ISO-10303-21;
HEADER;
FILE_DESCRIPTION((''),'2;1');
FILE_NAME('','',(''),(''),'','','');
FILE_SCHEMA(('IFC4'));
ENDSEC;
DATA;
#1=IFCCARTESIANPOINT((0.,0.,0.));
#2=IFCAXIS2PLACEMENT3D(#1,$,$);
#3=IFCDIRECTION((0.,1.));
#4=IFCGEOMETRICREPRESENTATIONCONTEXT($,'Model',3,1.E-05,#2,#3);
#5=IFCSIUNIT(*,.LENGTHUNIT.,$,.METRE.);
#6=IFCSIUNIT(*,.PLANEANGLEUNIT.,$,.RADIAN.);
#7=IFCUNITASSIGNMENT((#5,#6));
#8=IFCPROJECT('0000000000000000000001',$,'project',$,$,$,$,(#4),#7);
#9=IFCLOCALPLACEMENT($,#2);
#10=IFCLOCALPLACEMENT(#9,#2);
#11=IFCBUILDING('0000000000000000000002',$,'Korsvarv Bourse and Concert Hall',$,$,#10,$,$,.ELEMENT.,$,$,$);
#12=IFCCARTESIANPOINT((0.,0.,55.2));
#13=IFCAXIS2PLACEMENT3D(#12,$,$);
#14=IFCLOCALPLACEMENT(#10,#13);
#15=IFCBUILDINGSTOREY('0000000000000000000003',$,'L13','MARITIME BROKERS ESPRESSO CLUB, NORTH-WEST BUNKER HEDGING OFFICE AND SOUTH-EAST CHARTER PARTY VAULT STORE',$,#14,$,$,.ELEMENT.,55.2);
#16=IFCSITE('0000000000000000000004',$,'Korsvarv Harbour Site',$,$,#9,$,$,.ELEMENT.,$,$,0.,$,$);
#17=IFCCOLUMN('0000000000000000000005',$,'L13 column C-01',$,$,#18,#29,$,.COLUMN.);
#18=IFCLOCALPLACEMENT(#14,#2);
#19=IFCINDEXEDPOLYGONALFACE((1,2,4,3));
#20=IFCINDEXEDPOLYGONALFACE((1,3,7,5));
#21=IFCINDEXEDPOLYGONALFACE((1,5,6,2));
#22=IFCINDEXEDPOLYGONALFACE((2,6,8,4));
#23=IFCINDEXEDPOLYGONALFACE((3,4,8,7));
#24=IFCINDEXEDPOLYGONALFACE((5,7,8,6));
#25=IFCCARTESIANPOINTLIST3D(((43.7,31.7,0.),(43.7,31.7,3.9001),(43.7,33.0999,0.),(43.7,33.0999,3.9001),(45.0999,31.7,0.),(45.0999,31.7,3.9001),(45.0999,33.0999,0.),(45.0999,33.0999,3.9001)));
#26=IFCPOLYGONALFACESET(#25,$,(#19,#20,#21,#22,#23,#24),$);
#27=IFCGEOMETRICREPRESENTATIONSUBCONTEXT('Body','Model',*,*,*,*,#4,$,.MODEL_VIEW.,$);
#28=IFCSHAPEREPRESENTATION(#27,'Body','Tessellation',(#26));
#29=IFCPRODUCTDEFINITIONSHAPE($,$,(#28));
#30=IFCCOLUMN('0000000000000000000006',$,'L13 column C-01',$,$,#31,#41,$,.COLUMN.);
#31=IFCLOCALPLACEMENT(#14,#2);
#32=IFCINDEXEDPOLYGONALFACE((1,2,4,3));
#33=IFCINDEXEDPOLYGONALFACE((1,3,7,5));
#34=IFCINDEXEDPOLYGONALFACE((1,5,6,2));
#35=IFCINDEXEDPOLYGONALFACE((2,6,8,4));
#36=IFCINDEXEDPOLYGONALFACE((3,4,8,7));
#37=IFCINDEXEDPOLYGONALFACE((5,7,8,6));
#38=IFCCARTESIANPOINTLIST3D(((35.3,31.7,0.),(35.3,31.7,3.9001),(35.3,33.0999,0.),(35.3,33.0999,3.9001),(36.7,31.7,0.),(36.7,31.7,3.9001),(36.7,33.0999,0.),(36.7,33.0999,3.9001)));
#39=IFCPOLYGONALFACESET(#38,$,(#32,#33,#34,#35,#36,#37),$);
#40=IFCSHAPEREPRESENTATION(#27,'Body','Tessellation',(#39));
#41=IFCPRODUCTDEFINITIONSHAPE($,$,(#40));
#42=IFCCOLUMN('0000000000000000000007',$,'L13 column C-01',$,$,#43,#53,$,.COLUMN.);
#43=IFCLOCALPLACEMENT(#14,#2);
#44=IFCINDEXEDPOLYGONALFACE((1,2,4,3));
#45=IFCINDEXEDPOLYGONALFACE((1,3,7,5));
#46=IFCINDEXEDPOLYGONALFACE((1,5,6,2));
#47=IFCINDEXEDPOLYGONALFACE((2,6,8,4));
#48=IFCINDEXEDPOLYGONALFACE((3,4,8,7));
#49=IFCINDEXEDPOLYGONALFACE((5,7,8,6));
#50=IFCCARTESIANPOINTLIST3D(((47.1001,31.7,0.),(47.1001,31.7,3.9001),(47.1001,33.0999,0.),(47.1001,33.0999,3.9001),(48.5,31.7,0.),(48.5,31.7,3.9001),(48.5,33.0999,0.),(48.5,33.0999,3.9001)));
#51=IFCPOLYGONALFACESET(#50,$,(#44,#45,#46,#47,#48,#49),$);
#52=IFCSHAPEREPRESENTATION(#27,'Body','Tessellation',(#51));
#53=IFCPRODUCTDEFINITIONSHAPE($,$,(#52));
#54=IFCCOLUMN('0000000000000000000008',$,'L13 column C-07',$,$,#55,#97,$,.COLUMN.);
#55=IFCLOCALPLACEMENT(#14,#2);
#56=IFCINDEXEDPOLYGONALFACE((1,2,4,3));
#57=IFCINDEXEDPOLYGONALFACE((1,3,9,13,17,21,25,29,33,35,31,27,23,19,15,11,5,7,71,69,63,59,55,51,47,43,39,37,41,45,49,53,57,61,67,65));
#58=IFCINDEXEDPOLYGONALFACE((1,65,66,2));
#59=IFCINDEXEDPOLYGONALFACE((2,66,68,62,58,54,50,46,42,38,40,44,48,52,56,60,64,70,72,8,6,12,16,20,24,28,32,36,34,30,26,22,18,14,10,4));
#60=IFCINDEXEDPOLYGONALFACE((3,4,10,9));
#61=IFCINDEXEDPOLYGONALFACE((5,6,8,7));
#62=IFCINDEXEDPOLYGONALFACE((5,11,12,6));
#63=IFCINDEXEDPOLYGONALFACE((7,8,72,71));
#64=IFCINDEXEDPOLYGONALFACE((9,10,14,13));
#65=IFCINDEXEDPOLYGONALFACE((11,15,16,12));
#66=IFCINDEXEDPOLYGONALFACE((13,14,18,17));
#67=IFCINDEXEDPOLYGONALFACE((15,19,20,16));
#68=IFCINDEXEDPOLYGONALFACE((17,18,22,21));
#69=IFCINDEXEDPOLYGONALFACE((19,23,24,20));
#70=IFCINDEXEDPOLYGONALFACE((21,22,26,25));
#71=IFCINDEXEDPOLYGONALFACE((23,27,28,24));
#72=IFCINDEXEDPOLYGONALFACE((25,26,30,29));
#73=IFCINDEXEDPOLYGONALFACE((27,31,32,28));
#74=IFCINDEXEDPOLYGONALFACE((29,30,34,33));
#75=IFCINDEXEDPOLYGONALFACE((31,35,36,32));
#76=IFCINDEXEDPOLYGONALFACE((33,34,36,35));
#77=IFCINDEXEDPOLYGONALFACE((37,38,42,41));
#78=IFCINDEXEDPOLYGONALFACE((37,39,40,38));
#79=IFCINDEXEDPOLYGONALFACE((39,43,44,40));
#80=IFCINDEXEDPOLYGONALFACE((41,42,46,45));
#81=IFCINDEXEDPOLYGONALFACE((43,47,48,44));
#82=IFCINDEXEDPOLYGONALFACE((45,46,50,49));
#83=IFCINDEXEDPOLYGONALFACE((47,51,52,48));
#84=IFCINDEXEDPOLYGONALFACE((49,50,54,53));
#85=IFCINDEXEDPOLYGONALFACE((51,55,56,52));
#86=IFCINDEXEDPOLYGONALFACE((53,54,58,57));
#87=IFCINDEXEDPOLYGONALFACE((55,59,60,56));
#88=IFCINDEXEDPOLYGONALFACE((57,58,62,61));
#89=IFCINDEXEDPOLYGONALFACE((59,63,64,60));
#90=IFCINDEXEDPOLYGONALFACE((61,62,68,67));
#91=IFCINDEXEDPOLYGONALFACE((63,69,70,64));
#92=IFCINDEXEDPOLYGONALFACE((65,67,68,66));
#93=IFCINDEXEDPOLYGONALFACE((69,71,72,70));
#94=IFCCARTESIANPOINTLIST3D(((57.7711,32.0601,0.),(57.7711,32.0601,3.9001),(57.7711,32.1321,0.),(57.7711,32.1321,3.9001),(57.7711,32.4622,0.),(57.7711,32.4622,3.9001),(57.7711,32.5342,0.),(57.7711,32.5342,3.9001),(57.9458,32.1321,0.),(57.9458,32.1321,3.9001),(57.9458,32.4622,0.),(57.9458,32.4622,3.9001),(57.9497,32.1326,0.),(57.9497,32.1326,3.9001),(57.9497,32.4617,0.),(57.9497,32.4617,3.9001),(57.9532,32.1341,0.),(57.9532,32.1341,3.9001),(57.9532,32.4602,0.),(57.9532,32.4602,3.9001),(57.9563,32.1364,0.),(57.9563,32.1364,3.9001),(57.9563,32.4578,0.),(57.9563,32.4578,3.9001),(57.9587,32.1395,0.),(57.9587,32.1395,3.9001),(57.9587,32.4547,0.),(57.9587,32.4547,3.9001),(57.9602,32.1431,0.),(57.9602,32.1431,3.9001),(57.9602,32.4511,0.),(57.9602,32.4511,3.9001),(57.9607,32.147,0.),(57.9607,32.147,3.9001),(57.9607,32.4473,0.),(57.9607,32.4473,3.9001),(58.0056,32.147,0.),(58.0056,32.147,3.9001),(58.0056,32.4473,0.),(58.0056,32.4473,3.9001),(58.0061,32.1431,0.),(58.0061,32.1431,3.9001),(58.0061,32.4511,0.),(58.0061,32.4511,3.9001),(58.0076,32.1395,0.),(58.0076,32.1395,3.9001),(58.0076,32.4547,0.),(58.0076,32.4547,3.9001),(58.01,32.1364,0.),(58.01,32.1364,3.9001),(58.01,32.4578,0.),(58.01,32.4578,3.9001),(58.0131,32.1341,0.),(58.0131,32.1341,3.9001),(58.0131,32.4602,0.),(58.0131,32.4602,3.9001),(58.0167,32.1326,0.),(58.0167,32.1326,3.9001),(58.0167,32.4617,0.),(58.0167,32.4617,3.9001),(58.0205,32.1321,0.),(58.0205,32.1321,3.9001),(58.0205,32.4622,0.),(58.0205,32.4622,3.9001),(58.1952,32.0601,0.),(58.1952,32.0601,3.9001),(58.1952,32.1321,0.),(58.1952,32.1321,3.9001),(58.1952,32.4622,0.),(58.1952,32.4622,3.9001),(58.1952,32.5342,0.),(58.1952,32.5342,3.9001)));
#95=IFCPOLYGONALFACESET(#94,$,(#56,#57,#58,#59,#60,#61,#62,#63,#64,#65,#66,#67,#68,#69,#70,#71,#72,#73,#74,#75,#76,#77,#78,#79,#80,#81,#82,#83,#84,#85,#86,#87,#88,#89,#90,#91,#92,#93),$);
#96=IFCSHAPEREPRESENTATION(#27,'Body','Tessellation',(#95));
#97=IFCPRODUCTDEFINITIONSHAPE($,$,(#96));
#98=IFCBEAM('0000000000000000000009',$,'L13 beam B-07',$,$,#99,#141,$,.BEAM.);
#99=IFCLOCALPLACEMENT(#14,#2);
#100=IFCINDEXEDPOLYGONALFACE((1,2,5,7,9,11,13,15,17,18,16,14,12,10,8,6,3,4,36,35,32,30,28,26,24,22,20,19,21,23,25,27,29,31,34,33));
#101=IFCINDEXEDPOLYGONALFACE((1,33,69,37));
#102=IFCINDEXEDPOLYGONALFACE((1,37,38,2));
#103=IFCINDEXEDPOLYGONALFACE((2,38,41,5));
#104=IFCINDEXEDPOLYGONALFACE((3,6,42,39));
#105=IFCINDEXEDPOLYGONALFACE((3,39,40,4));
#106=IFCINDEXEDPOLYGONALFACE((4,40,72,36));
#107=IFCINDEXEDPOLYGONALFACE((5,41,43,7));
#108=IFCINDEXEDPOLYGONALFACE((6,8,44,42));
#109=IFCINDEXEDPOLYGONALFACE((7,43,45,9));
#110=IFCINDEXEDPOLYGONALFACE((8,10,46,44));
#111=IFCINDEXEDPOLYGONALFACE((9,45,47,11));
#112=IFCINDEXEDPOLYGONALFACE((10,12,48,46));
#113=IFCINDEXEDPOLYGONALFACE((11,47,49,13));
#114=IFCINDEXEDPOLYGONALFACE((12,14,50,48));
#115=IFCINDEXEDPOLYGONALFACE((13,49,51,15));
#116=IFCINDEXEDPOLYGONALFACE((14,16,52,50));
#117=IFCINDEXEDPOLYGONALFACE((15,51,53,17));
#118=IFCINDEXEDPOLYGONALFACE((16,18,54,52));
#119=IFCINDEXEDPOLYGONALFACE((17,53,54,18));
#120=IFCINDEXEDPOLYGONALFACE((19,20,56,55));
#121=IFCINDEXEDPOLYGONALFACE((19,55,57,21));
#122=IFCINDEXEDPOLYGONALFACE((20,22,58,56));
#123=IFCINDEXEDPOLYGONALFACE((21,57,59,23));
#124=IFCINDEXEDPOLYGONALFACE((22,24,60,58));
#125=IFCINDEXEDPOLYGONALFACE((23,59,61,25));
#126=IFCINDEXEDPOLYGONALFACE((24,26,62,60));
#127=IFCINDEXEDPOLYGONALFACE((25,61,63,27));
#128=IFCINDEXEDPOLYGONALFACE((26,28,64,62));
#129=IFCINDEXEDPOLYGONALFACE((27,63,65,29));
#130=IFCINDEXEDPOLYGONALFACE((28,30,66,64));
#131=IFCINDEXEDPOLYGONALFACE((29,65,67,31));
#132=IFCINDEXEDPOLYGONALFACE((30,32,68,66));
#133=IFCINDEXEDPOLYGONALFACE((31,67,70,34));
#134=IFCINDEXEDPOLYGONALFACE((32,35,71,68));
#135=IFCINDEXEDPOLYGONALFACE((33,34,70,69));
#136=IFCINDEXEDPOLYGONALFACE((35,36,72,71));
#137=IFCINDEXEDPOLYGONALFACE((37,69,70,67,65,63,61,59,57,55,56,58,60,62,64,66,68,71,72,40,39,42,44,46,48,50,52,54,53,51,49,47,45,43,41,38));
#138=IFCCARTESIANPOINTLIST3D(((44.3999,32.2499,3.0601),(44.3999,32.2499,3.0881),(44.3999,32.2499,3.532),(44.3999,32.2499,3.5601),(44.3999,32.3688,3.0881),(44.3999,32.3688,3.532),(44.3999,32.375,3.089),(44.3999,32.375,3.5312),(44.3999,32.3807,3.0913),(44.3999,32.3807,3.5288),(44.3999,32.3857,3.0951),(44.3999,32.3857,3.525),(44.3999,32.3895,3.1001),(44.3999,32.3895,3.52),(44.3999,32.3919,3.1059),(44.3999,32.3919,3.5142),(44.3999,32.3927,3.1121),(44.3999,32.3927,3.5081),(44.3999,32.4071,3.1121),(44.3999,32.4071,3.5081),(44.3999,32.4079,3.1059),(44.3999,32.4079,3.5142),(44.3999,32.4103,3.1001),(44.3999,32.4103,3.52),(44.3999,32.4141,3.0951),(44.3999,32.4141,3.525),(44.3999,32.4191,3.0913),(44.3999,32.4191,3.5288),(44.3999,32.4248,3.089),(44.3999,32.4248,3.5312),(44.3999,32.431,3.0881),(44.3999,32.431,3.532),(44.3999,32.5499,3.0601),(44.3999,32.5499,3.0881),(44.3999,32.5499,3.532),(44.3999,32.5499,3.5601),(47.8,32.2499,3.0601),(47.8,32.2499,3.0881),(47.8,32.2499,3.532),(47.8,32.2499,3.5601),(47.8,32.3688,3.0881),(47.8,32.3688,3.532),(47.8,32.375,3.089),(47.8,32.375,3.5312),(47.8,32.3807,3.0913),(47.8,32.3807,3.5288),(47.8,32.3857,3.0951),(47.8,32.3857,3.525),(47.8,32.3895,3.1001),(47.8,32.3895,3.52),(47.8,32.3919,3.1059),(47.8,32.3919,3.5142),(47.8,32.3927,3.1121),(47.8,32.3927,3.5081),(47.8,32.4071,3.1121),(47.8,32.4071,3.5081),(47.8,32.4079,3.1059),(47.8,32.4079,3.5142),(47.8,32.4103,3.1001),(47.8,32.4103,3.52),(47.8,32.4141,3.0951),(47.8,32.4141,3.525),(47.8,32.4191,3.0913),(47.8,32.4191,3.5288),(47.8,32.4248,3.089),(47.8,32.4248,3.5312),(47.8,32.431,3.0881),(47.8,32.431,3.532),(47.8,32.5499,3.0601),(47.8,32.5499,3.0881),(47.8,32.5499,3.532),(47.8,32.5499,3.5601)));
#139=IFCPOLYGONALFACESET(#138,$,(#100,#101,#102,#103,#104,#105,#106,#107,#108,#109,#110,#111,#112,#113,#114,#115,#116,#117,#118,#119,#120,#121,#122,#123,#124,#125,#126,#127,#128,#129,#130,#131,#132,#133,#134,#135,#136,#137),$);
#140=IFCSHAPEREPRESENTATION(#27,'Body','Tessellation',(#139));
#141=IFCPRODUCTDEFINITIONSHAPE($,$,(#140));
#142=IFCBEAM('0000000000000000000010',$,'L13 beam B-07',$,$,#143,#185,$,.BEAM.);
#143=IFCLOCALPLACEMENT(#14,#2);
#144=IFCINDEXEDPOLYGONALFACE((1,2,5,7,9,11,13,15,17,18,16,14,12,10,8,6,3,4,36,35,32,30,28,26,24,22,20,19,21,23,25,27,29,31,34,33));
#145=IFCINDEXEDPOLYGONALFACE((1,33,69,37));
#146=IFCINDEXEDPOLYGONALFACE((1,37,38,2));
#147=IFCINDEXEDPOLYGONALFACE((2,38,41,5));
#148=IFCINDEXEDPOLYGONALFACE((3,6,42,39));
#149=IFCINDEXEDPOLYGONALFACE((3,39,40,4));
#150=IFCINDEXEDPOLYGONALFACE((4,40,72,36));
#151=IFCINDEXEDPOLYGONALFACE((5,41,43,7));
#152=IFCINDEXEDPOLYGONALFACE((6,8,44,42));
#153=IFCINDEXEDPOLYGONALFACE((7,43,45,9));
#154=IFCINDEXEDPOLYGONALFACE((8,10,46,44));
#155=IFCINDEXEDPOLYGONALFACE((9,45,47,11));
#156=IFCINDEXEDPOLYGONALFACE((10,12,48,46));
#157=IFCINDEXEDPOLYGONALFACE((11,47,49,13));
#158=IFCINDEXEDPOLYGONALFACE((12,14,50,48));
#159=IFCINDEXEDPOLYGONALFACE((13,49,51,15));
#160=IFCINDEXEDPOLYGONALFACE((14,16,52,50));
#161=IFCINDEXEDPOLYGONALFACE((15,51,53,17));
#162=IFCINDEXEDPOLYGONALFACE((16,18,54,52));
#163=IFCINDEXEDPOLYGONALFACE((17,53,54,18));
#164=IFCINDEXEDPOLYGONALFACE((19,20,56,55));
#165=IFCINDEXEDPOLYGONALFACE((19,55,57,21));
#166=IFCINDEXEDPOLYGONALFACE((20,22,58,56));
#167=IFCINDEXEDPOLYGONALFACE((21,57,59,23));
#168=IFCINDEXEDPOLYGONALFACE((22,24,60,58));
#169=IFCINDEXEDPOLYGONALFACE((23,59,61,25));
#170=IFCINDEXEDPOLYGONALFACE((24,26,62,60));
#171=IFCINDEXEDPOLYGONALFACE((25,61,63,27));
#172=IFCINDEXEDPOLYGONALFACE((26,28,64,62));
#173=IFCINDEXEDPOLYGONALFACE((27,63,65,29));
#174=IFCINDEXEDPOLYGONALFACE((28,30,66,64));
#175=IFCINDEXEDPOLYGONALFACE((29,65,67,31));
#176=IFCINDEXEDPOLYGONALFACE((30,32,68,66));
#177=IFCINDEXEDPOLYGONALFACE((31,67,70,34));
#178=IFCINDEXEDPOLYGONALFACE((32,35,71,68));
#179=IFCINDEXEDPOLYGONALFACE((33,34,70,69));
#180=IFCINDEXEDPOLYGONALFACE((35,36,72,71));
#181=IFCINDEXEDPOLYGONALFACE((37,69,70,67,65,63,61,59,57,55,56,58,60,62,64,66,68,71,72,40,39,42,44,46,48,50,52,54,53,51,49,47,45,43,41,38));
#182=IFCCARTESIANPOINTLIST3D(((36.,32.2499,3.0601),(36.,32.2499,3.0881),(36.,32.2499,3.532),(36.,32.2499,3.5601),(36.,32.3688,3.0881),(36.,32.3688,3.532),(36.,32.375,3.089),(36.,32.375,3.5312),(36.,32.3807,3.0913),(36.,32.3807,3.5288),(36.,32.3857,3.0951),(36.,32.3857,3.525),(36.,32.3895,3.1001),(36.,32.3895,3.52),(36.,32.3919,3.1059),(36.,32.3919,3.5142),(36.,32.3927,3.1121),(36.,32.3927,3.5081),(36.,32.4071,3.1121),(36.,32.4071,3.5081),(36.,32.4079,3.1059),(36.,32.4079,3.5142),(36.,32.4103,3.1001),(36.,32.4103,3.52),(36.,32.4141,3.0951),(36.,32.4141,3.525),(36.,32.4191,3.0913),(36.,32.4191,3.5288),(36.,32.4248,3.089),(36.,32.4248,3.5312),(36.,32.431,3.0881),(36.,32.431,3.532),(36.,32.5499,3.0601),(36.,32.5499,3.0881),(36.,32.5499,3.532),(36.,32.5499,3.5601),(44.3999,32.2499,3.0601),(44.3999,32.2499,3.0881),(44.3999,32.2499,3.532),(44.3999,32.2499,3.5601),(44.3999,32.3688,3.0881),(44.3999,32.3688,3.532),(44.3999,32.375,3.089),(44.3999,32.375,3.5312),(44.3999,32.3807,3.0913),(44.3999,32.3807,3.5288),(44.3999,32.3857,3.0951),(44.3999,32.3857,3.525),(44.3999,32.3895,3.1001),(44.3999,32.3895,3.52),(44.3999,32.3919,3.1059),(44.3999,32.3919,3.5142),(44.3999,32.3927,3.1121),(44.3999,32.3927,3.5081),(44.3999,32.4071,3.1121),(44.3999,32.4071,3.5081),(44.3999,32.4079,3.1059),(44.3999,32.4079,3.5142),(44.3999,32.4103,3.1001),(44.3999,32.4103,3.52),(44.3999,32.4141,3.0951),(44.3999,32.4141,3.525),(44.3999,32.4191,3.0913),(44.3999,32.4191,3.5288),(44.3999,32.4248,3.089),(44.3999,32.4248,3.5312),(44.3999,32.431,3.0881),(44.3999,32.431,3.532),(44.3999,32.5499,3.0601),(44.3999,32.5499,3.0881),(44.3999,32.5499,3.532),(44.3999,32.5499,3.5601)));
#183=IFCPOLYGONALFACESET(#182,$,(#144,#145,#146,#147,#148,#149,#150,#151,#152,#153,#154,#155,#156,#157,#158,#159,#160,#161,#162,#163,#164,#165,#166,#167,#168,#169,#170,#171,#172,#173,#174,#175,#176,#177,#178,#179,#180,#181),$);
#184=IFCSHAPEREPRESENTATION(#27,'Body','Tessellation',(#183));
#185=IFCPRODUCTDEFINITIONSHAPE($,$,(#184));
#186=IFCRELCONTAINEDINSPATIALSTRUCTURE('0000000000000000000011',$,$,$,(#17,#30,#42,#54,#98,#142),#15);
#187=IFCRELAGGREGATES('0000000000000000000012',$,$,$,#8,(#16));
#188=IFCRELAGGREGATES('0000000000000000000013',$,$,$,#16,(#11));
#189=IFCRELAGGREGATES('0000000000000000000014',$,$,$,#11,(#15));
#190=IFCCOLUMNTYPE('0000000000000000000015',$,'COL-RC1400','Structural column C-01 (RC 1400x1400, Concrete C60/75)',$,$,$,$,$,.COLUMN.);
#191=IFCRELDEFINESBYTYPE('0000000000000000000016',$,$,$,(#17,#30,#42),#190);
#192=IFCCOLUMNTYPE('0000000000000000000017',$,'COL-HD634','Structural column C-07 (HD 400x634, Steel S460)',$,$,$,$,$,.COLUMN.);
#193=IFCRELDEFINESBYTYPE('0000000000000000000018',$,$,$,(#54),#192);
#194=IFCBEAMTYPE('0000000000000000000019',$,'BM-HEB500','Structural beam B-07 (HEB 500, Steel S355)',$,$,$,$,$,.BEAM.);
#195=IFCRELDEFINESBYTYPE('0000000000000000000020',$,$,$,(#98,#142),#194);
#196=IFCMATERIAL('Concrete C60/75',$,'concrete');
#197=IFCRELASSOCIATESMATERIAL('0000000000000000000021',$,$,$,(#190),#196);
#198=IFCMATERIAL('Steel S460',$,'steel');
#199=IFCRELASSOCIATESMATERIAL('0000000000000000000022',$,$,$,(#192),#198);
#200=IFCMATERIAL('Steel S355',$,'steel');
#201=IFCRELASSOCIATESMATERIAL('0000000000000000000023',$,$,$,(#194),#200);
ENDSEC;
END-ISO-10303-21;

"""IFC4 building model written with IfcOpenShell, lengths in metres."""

from ifc_helpers import new_model, si_unit, direction, frame, origin, origin_2d, place, context, subcontext, project, spatial, rectangle, i_section, extrude, source, transform, mapped, material, material_profile, profile_set, type_object, element, save


model = new_model("IFC4")

# Units and contexts
model_context = context("Model", 3, precision=1e-05, world=origin(), true_north=direction((0.0, 1.0)))
body_context = subcontext(model_context, "Body", "Model", "MODEL_VIEW")
ifc_project = project(units=[si_unit("LENGTHUNIT", "METRE"), si_unit("PLANEANGLEUNIT", "RADIAN")], contexts=[model_context])

# Site, building, storey
site_placement = place(None, origin())
site = spatial("IfcSite", under=ifc_project, at=site_placement, Name="Korsvarv Harbour Site", CompositionType="ELEMENT", RefElevation=0.0)
building_placement = place(site_placement, origin())
building = spatial("IfcBuilding", under=site, at=building_placement, Name="Korsvarv Bourse and Concert Hall", CompositionType="ELEMENT")
storey_placement = place(building_placement, frame((0.0, 0.0, 55.2)))
storey = spatial("IfcBuildingStorey", under=building, at=storey_placement, Name="L13", Description="MARITIME BROKERS ESPRESSO CLUB, NORTH-WEST BUNKER HEDGING OFFICE AND SOUTH-EAST CHARTER PARTY VAULT STORE", CompositionType="ELEMENT", Elevation=55.2)

# Columns
ifc_material_1 = material(Name="Concrete C60/75", Category="concrete")
ifc_material_profile_1 = material_profile(ifc_material_1, rectangle(XDim=1.3999, YDim=1.3999, at=origin_2d()), Name="RC 1400x1400")
ifc_profile_set_1 = profile_set([ifc_material_profile_1], Name="Concrete C60/75")
column_type_1 = type_object("IfcColumnType", Name="COL-RC1400", Description="Structural column C-01 (RC 1400x1400, Concrete C60/75)", PredefinedType="COLUMN", material=ifc_profile_set_1)
shared_shape_1 = source(origin(), body_context, "Body", "SweptSolid", [
    extrude(rectangle(XDim=1.3999, YDim=1.3999, at=origin_2d()), origin(), (0.0, 0.0, 1.0), 3.9001),
])
for number, where, z_axis, x_axis, name in (
    (1, (44.3999, 32.3999, 0.0), (0.0, 0.0, 1.0), (1.0, 0.0, 0.0), "L13 column C-01"),
    (2, (36.0, 32.3999, 0.0), (0.0, 0.0, 1.0), (1.0, 0.0, 0.0), "L13 column C-01"),
    (3, (47.8, 32.3999, 0.0), (0.0, 0.0, 1.0), (1.0, 0.0, 0.0), "L13 column C-01"),
):
    element("IfcColumn", number, at=place(storey_placement, frame(where, z_axis=z_axis, x_axis=x_axis)), inside=storey, type_object=column_type_1, Name=name, PredefinedType="COLUMN", context=body_context, shape_type="MappedRepresentation", body=[
        mapped(shared_shape_1, transform((0.0, 0.0, 0.0), scale=1.0)),
    ])
ifc_material_2 = material(Name="Steel S460", Category="steel")
ifc_material_profile_2 = material_profile(ifc_material_2, i_section(OverallWidth=0.4241, OverallDepth=0.4741, WebThickness=0.0449, FlangeThickness=0.072, FilletRadius=0.0149, at=origin_2d()), Name="HD 400x634")
ifc_profile_set_2 = profile_set([ifc_material_profile_2], Name="Steel S460")
column_type_2 = type_object("IfcColumnType", Name="COL-HD634", Description="Structural column C-07 (HD 400x634, Steel S460)", PredefinedType="COLUMN", material=ifc_profile_set_2)
shared_shape_2 = source(origin(), body_context, "Body", "SweptSolid", [
    extrude(i_section(OverallWidth=0.4241, OverallDepth=0.4741, WebThickness=0.0449, FlangeThickness=0.072, FilletRadius=0.0149, at=origin_2d()), origin(), (0.0, 0.0, 1.0), 3.9001),
])
column_placement = place(storey_placement, frame((57.9832, 32.2971, 0.0), z_axis=(0.0, 0.0, 1.0), x_axis=(1.0, 0.0, 0.0)))
element("IfcColumn", 4, at=column_placement, inside=storey, type_object=column_type_2, Name="L13 column C-07", PredefinedType="COLUMN", context=body_context, shape_type="MappedRepresentation", body=[
    mapped(shared_shape_2, transform((0.0, 0.0, 0.0), scale=1.0)),
])

# Beams
ifc_material_3 = material(Name="Steel S355", Category="steel")
ifc_material_profile_3 = material_profile(ifc_material_3, i_section(OverallWidth=0.3, OverallDepth=0.5, WebThickness=0.0144, FlangeThickness=0.0281, FilletRadius=0.0239, at=origin_2d()), Name="HEB 500")
ifc_profile_set_3 = profile_set([ifc_material_profile_3], Name="Steel S355")
beam_type_1 = type_object("IfcBeamType", Name="BM-HEB500", Description="Structural beam B-07 (HEB 500, Steel S355)", PredefinedType="BEAM", material=ifc_profile_set_3)
shared_shape_3 = source(origin(), body_context, "Body", "SweptSolid", [
    extrude(i_section(OverallWidth=0.3, OverallDepth=0.5, WebThickness=0.0144, FlangeThickness=0.0281, FilletRadius=0.0239, at=origin_2d()), origin(), (0.0, 0.0, 1.0), 3.4001),
])
beam_1_placement = place(storey_placement, frame((44.3999, 32.3999, 3.3101), z_axis=(1.0, 0.0, 0.0), x_axis=(0.0, 1.0, 0.0)))
element("IfcBeam", 5, at=beam_1_placement, inside=storey, type_object=beam_type_1, Name="L13 beam B-07", PredefinedType="BEAM", context=body_context, shape_type="MappedRepresentation", body=[
    mapped(shared_shape_3, transform((0.0, 0.0, 0.0), scale=1.0)),
])
shared_shape_4 = source(origin(), body_context, "Body", "SweptSolid", [
    extrude(i_section(OverallWidth=0.3, OverallDepth=0.5, WebThickness=0.0144, FlangeThickness=0.0281, FilletRadius=0.0239, at=origin_2d()), origin(), (0.0, 0.0, 1.0), 8.3999),
])
beam_2_placement = place(storey_placement, frame((36.0, 32.3999, 3.3101), z_axis=(1.0, 0.0, 0.0), x_axis=(0.0, 1.0, 0.0)))
element("IfcBeam", 6, at=beam_2_placement, inside=storey, type_object=beam_type_1, Name="L13 beam B-07", PredefinedType="BEAM", context=body_context, shape_type="MappedRepresentation", body=[
    mapped(shared_shape_4, transform((0.0, 0.0, 0.0), scale=1.0)),
])

save(model, "model.ifc")
